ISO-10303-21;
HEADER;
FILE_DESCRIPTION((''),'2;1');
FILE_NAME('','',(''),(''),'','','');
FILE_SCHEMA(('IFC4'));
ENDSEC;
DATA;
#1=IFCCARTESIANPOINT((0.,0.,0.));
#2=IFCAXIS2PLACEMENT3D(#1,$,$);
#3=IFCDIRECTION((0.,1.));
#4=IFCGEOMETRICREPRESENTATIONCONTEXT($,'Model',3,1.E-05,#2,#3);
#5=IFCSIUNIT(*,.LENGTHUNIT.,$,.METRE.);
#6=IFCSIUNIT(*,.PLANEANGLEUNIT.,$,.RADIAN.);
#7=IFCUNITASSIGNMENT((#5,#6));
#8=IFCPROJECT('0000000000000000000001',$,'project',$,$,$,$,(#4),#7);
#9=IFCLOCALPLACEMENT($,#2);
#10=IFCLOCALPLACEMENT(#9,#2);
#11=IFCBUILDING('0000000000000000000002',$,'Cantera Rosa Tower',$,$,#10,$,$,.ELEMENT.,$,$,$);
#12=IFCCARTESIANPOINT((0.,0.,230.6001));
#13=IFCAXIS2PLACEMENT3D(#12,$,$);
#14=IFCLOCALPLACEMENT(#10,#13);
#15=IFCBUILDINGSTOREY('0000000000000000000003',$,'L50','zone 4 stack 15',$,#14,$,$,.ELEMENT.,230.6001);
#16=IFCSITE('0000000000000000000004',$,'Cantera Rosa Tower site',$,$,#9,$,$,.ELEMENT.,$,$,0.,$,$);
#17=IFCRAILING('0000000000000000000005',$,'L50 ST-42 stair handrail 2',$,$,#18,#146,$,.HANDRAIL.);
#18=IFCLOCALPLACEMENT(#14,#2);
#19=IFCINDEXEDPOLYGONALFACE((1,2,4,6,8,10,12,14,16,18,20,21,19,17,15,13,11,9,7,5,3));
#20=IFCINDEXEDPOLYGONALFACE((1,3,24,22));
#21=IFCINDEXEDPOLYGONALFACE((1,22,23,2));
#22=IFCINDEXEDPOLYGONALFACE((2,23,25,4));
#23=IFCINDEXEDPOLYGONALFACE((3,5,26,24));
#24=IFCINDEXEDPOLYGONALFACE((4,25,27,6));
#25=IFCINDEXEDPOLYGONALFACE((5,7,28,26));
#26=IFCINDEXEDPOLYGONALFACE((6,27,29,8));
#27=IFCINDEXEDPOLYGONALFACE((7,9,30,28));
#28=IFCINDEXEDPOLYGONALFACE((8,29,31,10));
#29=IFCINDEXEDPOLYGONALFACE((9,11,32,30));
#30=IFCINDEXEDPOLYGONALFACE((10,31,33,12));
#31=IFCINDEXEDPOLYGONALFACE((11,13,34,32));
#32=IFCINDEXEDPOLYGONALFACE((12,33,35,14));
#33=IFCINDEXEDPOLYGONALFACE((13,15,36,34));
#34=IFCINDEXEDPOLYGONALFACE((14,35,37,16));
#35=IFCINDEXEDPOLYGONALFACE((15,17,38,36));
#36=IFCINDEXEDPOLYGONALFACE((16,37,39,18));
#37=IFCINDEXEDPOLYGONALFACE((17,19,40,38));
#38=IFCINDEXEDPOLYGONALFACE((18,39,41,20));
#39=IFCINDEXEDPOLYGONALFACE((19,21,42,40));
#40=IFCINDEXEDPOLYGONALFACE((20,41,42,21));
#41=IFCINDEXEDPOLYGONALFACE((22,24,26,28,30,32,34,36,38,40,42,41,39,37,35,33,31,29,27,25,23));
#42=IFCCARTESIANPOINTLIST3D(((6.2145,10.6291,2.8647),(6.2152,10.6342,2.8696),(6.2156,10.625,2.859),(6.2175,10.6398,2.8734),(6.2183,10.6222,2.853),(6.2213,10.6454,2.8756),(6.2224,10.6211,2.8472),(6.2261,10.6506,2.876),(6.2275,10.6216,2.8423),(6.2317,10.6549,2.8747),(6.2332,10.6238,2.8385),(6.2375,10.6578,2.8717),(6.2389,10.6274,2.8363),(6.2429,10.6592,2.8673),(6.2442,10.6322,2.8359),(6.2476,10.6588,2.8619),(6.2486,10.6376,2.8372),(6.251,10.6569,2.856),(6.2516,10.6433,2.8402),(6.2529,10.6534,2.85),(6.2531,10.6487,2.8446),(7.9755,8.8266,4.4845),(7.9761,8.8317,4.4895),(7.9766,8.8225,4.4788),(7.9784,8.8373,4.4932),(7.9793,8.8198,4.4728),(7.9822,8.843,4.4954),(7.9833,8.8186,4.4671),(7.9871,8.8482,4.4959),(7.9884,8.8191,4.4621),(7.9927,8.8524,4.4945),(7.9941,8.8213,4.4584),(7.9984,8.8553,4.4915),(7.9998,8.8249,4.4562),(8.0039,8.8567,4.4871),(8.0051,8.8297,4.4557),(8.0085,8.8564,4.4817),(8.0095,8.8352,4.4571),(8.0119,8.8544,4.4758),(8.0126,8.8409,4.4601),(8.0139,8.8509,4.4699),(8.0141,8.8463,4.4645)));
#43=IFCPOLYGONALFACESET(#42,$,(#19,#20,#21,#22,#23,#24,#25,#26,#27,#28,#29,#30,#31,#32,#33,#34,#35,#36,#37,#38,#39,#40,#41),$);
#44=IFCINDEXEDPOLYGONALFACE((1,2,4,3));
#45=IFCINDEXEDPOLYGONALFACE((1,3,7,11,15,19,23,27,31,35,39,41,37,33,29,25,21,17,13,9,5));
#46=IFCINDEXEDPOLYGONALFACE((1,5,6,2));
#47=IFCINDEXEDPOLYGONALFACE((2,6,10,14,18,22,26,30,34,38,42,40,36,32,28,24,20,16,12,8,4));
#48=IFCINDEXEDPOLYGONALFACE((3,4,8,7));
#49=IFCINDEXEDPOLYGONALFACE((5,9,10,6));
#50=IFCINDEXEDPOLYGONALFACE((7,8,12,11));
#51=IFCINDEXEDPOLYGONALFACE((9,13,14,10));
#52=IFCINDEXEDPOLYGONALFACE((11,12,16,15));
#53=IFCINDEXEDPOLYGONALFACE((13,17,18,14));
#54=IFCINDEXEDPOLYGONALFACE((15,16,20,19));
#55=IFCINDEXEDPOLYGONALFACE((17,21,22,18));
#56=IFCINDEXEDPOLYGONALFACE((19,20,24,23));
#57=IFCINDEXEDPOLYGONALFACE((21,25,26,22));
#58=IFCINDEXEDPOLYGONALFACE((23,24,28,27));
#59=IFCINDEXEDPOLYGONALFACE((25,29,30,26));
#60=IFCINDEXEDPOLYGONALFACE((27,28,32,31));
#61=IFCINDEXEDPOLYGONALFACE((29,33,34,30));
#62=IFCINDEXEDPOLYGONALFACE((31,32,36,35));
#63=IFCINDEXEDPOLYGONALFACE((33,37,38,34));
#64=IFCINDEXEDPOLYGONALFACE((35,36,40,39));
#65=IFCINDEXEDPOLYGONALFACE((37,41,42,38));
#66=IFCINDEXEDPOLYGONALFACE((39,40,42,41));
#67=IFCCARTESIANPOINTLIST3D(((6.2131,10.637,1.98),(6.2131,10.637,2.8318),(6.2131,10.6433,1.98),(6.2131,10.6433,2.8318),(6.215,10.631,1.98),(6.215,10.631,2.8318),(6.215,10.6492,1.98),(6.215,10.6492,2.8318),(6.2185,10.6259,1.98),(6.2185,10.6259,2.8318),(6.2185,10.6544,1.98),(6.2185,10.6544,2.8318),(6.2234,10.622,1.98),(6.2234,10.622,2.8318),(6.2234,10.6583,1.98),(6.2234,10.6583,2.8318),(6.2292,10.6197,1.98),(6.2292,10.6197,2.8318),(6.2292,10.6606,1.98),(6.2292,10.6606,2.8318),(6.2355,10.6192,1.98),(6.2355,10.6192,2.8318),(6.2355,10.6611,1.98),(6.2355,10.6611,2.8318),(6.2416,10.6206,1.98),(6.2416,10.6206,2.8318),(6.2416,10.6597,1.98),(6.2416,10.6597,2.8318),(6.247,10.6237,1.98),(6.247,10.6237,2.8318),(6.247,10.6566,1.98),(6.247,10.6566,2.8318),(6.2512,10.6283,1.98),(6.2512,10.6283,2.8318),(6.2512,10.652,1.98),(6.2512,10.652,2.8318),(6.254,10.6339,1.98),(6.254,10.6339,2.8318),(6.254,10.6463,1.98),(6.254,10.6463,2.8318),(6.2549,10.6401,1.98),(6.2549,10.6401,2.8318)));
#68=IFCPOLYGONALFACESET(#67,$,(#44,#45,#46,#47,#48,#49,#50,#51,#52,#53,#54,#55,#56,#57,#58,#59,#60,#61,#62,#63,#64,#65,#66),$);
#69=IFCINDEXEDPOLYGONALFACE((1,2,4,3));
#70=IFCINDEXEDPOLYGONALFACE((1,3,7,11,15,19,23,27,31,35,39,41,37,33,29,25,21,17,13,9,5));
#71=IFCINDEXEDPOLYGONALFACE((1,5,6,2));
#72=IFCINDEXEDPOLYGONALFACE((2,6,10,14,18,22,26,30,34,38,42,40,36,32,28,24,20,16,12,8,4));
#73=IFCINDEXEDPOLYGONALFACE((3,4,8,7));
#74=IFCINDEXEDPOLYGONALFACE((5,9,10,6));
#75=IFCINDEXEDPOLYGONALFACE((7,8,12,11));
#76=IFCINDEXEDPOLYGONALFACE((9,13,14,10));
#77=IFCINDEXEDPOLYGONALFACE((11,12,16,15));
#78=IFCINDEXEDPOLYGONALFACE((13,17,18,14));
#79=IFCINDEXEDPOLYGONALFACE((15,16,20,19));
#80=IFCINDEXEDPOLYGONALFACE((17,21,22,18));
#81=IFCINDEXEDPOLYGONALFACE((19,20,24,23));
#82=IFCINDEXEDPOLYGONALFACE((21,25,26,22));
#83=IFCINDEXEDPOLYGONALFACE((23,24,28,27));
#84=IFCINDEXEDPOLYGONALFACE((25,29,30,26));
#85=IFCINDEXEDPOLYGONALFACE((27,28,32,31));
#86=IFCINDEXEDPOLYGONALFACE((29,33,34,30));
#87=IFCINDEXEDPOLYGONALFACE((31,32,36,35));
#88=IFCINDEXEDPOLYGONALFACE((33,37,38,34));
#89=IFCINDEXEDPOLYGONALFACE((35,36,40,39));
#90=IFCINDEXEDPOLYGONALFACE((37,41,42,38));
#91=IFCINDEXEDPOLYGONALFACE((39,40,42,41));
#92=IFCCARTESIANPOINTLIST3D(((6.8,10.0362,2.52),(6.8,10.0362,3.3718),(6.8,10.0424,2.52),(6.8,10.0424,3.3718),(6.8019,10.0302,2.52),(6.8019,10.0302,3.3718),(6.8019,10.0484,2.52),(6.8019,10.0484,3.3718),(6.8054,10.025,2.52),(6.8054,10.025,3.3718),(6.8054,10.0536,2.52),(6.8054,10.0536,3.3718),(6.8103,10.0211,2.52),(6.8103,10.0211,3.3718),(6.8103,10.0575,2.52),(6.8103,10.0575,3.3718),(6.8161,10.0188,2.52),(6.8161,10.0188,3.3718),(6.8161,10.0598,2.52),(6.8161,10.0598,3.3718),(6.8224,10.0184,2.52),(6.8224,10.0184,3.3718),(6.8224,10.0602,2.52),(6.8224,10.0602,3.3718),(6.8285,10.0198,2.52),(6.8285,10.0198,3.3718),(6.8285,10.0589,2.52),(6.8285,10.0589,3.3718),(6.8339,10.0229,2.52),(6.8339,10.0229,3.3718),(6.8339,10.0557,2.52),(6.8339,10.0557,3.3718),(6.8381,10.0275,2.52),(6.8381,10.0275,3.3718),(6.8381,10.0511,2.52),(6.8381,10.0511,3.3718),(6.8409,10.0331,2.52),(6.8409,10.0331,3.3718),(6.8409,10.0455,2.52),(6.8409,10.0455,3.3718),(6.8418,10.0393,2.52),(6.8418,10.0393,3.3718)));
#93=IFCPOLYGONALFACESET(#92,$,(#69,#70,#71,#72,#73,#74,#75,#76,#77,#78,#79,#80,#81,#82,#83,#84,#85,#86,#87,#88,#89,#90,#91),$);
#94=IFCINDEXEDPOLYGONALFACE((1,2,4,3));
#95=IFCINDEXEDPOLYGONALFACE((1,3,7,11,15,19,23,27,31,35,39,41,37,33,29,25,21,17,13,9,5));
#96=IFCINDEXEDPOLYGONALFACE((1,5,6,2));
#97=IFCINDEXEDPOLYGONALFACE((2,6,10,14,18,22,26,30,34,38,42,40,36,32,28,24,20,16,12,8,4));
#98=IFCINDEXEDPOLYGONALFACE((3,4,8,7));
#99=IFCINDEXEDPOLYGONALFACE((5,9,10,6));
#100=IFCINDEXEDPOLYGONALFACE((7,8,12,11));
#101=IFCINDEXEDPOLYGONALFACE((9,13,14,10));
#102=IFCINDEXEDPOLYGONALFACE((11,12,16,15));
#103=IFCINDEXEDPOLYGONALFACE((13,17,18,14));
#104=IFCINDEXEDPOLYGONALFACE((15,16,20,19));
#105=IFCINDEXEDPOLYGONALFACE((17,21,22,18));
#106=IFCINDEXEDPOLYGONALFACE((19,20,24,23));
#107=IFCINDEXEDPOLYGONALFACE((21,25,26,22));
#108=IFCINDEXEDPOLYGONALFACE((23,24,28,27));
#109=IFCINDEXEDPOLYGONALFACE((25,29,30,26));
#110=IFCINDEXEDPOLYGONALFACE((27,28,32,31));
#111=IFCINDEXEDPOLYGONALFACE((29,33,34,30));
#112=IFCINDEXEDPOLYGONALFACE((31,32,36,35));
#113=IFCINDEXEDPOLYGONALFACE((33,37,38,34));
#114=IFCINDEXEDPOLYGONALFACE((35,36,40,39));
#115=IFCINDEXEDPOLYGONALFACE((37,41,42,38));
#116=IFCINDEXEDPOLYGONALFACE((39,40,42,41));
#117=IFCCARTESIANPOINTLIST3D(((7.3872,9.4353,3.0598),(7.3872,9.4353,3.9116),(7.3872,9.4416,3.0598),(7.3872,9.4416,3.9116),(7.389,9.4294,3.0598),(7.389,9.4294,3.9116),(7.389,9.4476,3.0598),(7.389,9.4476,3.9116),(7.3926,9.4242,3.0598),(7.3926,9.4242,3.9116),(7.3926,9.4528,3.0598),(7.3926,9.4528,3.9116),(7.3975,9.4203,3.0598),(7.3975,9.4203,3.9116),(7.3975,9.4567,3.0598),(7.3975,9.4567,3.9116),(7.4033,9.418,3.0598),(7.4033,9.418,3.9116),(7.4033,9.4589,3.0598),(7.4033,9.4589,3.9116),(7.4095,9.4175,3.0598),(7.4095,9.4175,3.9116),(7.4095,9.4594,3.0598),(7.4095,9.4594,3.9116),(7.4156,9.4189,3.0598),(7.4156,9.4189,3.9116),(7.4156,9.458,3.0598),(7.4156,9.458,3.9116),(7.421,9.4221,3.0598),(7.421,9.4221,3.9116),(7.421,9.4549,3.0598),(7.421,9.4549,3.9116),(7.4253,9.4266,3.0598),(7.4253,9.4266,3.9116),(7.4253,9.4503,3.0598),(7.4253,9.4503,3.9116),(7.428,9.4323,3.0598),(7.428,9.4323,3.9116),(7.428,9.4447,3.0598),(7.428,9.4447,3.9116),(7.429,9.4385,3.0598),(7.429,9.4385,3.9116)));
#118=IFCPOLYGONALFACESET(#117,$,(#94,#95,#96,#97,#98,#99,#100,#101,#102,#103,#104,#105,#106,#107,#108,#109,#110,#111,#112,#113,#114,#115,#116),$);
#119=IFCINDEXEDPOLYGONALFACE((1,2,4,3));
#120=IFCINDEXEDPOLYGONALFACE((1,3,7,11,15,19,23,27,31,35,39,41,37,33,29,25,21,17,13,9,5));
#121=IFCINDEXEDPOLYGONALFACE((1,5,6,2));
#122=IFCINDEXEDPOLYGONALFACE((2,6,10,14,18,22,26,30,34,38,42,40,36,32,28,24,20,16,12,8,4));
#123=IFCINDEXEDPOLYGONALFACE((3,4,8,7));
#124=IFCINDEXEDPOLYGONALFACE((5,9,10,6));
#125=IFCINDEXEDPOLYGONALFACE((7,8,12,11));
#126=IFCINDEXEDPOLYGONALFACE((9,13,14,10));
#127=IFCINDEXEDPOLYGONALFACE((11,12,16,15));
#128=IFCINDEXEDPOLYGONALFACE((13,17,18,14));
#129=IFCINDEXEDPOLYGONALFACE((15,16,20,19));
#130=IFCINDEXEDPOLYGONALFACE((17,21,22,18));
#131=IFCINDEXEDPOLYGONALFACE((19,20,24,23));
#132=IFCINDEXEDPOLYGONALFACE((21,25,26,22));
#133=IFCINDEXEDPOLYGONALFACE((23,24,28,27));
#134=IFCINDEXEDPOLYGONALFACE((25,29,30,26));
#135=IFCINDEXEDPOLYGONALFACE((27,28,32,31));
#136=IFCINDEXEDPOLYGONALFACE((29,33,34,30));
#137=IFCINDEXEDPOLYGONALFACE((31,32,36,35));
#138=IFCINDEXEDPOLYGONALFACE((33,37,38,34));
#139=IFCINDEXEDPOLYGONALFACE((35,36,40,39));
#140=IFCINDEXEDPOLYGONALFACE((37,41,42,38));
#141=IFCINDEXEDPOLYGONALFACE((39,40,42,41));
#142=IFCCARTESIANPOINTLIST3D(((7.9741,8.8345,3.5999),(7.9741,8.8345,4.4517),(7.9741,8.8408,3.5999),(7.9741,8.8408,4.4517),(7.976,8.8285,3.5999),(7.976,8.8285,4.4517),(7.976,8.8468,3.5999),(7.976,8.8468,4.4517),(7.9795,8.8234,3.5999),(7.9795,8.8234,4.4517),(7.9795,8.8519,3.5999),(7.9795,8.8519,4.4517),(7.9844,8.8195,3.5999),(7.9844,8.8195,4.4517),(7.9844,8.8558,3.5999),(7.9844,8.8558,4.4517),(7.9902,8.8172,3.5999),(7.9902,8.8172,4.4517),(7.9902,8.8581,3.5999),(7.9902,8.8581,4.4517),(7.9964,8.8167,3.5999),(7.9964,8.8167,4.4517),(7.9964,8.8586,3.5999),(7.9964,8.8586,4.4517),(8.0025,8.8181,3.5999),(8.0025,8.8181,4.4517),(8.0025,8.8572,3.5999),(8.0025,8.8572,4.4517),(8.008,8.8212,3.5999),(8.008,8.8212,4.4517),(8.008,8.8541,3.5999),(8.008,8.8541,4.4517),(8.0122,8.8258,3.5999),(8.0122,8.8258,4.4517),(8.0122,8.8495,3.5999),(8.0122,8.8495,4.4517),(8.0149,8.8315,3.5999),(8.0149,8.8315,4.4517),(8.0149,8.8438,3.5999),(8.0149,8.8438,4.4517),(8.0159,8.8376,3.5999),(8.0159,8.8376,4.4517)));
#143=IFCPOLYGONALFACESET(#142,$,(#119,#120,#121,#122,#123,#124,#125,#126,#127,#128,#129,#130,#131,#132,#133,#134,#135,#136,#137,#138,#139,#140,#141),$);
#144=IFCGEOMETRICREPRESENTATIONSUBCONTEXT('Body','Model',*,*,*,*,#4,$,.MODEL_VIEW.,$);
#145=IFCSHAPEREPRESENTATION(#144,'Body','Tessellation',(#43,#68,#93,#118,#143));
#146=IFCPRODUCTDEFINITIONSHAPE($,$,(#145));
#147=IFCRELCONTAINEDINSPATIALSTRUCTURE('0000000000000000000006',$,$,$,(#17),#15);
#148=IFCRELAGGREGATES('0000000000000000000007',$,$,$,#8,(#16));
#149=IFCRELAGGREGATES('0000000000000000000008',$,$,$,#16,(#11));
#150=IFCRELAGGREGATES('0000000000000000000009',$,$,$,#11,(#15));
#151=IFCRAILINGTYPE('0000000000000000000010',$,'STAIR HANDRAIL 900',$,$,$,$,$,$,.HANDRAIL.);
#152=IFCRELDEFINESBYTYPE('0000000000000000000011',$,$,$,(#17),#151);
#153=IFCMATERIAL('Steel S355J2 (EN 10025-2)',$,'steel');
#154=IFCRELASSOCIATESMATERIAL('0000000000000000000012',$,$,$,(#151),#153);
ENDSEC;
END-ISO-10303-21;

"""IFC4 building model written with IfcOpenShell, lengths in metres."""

from ifc_helpers import new_model, si_unit, direction, frame, origin, origin_2d, place, context, subcontext, project, spatial, circle, extrude, material, type_object, element, save


model = new_model("IFC4")

# Units and contexts
model_context = context("Model", 3, precision=1e-05, world=origin(), true_north=direction((0.0, 1.0)))
body_context = subcontext(model_context, "Body", "Model", "MODEL_VIEW")
ifc_project = project(units=[si_unit("LENGTHUNIT", "METRE"), si_unit("PLANEANGLEUNIT", "RADIAN")], contexts=[model_context])

# Site, building, storey
site_placement = place(None, origin())
site = spatial("IfcSite", under=ifc_project, at=site_placement, Name="Cantera Rosa Tower site", CompositionType="ELEMENT", RefElevation=0.0)
building_placement = place(site_placement, origin())
building = spatial("IfcBuilding", under=site, at=building_placement, Name="Cantera Rosa Tower", CompositionType="ELEMENT")
storey_placement = place(building_placement, frame((0.0, 0.0, 230.6001)))
storey = spatial("IfcBuildingStorey", under=building, at=storey_placement, Name="L50", Description="zone 4 stack 15", CompositionType="ELEMENT", Elevation=230.6001)

# Railing
ifc_material_1 = material(Name="Steel S355J2 (EN 10025-2)", Category="steel")
railing_type_1 = type_object("IfcRailingType", Name="STAIR HANDRAIL 900", PredefinedType="HANDRAIL", material=ifc_material_1)
railing_1_placement = place(storey_placement, frame((6.2339, 10.6401, 1.98)))
element("IfcRailing", 1, at=railing_1_placement, inside=storey, type_object=railing_type_1, Name="L50 ST-42 stair handrail 2", PredefinedType="HANDRAIL", context=body_context, shape_type="SweptSolid", body=[
    extrude(circle(Radius=0.0239, at=origin_2d()), frame((0.0, 0.0, 0.876), z_axis=(0.587844, -0.601699, 0.540738), x_axis=(0.715294, 0.698824, 0.0)), (0.0, 0.0, 1.0), 2.9956),
    extrude(circle(Radius=0.021, at=origin_2d()), origin(), (0.0, 0.0, 1.0), 0.8518),
    extrude(circle(Radius=0.021, at=origin_2d()), frame((0.5869, -0.6008, 0.54)), (0.0, 0.0, 1.0), 0.8518),
    extrude(circle(Radius=0.021, at=origin_2d()), frame((1.1741, -1.2017, 1.0798)), (0.0, 0.0, 1.0), 0.8518),
    extrude(circle(Radius=0.021, at=origin_2d()), frame((1.761, -1.8025, 1.6199)), (0.0, 0.0, 1.0), 0.8518),
])

save(model, "model.ifc")
